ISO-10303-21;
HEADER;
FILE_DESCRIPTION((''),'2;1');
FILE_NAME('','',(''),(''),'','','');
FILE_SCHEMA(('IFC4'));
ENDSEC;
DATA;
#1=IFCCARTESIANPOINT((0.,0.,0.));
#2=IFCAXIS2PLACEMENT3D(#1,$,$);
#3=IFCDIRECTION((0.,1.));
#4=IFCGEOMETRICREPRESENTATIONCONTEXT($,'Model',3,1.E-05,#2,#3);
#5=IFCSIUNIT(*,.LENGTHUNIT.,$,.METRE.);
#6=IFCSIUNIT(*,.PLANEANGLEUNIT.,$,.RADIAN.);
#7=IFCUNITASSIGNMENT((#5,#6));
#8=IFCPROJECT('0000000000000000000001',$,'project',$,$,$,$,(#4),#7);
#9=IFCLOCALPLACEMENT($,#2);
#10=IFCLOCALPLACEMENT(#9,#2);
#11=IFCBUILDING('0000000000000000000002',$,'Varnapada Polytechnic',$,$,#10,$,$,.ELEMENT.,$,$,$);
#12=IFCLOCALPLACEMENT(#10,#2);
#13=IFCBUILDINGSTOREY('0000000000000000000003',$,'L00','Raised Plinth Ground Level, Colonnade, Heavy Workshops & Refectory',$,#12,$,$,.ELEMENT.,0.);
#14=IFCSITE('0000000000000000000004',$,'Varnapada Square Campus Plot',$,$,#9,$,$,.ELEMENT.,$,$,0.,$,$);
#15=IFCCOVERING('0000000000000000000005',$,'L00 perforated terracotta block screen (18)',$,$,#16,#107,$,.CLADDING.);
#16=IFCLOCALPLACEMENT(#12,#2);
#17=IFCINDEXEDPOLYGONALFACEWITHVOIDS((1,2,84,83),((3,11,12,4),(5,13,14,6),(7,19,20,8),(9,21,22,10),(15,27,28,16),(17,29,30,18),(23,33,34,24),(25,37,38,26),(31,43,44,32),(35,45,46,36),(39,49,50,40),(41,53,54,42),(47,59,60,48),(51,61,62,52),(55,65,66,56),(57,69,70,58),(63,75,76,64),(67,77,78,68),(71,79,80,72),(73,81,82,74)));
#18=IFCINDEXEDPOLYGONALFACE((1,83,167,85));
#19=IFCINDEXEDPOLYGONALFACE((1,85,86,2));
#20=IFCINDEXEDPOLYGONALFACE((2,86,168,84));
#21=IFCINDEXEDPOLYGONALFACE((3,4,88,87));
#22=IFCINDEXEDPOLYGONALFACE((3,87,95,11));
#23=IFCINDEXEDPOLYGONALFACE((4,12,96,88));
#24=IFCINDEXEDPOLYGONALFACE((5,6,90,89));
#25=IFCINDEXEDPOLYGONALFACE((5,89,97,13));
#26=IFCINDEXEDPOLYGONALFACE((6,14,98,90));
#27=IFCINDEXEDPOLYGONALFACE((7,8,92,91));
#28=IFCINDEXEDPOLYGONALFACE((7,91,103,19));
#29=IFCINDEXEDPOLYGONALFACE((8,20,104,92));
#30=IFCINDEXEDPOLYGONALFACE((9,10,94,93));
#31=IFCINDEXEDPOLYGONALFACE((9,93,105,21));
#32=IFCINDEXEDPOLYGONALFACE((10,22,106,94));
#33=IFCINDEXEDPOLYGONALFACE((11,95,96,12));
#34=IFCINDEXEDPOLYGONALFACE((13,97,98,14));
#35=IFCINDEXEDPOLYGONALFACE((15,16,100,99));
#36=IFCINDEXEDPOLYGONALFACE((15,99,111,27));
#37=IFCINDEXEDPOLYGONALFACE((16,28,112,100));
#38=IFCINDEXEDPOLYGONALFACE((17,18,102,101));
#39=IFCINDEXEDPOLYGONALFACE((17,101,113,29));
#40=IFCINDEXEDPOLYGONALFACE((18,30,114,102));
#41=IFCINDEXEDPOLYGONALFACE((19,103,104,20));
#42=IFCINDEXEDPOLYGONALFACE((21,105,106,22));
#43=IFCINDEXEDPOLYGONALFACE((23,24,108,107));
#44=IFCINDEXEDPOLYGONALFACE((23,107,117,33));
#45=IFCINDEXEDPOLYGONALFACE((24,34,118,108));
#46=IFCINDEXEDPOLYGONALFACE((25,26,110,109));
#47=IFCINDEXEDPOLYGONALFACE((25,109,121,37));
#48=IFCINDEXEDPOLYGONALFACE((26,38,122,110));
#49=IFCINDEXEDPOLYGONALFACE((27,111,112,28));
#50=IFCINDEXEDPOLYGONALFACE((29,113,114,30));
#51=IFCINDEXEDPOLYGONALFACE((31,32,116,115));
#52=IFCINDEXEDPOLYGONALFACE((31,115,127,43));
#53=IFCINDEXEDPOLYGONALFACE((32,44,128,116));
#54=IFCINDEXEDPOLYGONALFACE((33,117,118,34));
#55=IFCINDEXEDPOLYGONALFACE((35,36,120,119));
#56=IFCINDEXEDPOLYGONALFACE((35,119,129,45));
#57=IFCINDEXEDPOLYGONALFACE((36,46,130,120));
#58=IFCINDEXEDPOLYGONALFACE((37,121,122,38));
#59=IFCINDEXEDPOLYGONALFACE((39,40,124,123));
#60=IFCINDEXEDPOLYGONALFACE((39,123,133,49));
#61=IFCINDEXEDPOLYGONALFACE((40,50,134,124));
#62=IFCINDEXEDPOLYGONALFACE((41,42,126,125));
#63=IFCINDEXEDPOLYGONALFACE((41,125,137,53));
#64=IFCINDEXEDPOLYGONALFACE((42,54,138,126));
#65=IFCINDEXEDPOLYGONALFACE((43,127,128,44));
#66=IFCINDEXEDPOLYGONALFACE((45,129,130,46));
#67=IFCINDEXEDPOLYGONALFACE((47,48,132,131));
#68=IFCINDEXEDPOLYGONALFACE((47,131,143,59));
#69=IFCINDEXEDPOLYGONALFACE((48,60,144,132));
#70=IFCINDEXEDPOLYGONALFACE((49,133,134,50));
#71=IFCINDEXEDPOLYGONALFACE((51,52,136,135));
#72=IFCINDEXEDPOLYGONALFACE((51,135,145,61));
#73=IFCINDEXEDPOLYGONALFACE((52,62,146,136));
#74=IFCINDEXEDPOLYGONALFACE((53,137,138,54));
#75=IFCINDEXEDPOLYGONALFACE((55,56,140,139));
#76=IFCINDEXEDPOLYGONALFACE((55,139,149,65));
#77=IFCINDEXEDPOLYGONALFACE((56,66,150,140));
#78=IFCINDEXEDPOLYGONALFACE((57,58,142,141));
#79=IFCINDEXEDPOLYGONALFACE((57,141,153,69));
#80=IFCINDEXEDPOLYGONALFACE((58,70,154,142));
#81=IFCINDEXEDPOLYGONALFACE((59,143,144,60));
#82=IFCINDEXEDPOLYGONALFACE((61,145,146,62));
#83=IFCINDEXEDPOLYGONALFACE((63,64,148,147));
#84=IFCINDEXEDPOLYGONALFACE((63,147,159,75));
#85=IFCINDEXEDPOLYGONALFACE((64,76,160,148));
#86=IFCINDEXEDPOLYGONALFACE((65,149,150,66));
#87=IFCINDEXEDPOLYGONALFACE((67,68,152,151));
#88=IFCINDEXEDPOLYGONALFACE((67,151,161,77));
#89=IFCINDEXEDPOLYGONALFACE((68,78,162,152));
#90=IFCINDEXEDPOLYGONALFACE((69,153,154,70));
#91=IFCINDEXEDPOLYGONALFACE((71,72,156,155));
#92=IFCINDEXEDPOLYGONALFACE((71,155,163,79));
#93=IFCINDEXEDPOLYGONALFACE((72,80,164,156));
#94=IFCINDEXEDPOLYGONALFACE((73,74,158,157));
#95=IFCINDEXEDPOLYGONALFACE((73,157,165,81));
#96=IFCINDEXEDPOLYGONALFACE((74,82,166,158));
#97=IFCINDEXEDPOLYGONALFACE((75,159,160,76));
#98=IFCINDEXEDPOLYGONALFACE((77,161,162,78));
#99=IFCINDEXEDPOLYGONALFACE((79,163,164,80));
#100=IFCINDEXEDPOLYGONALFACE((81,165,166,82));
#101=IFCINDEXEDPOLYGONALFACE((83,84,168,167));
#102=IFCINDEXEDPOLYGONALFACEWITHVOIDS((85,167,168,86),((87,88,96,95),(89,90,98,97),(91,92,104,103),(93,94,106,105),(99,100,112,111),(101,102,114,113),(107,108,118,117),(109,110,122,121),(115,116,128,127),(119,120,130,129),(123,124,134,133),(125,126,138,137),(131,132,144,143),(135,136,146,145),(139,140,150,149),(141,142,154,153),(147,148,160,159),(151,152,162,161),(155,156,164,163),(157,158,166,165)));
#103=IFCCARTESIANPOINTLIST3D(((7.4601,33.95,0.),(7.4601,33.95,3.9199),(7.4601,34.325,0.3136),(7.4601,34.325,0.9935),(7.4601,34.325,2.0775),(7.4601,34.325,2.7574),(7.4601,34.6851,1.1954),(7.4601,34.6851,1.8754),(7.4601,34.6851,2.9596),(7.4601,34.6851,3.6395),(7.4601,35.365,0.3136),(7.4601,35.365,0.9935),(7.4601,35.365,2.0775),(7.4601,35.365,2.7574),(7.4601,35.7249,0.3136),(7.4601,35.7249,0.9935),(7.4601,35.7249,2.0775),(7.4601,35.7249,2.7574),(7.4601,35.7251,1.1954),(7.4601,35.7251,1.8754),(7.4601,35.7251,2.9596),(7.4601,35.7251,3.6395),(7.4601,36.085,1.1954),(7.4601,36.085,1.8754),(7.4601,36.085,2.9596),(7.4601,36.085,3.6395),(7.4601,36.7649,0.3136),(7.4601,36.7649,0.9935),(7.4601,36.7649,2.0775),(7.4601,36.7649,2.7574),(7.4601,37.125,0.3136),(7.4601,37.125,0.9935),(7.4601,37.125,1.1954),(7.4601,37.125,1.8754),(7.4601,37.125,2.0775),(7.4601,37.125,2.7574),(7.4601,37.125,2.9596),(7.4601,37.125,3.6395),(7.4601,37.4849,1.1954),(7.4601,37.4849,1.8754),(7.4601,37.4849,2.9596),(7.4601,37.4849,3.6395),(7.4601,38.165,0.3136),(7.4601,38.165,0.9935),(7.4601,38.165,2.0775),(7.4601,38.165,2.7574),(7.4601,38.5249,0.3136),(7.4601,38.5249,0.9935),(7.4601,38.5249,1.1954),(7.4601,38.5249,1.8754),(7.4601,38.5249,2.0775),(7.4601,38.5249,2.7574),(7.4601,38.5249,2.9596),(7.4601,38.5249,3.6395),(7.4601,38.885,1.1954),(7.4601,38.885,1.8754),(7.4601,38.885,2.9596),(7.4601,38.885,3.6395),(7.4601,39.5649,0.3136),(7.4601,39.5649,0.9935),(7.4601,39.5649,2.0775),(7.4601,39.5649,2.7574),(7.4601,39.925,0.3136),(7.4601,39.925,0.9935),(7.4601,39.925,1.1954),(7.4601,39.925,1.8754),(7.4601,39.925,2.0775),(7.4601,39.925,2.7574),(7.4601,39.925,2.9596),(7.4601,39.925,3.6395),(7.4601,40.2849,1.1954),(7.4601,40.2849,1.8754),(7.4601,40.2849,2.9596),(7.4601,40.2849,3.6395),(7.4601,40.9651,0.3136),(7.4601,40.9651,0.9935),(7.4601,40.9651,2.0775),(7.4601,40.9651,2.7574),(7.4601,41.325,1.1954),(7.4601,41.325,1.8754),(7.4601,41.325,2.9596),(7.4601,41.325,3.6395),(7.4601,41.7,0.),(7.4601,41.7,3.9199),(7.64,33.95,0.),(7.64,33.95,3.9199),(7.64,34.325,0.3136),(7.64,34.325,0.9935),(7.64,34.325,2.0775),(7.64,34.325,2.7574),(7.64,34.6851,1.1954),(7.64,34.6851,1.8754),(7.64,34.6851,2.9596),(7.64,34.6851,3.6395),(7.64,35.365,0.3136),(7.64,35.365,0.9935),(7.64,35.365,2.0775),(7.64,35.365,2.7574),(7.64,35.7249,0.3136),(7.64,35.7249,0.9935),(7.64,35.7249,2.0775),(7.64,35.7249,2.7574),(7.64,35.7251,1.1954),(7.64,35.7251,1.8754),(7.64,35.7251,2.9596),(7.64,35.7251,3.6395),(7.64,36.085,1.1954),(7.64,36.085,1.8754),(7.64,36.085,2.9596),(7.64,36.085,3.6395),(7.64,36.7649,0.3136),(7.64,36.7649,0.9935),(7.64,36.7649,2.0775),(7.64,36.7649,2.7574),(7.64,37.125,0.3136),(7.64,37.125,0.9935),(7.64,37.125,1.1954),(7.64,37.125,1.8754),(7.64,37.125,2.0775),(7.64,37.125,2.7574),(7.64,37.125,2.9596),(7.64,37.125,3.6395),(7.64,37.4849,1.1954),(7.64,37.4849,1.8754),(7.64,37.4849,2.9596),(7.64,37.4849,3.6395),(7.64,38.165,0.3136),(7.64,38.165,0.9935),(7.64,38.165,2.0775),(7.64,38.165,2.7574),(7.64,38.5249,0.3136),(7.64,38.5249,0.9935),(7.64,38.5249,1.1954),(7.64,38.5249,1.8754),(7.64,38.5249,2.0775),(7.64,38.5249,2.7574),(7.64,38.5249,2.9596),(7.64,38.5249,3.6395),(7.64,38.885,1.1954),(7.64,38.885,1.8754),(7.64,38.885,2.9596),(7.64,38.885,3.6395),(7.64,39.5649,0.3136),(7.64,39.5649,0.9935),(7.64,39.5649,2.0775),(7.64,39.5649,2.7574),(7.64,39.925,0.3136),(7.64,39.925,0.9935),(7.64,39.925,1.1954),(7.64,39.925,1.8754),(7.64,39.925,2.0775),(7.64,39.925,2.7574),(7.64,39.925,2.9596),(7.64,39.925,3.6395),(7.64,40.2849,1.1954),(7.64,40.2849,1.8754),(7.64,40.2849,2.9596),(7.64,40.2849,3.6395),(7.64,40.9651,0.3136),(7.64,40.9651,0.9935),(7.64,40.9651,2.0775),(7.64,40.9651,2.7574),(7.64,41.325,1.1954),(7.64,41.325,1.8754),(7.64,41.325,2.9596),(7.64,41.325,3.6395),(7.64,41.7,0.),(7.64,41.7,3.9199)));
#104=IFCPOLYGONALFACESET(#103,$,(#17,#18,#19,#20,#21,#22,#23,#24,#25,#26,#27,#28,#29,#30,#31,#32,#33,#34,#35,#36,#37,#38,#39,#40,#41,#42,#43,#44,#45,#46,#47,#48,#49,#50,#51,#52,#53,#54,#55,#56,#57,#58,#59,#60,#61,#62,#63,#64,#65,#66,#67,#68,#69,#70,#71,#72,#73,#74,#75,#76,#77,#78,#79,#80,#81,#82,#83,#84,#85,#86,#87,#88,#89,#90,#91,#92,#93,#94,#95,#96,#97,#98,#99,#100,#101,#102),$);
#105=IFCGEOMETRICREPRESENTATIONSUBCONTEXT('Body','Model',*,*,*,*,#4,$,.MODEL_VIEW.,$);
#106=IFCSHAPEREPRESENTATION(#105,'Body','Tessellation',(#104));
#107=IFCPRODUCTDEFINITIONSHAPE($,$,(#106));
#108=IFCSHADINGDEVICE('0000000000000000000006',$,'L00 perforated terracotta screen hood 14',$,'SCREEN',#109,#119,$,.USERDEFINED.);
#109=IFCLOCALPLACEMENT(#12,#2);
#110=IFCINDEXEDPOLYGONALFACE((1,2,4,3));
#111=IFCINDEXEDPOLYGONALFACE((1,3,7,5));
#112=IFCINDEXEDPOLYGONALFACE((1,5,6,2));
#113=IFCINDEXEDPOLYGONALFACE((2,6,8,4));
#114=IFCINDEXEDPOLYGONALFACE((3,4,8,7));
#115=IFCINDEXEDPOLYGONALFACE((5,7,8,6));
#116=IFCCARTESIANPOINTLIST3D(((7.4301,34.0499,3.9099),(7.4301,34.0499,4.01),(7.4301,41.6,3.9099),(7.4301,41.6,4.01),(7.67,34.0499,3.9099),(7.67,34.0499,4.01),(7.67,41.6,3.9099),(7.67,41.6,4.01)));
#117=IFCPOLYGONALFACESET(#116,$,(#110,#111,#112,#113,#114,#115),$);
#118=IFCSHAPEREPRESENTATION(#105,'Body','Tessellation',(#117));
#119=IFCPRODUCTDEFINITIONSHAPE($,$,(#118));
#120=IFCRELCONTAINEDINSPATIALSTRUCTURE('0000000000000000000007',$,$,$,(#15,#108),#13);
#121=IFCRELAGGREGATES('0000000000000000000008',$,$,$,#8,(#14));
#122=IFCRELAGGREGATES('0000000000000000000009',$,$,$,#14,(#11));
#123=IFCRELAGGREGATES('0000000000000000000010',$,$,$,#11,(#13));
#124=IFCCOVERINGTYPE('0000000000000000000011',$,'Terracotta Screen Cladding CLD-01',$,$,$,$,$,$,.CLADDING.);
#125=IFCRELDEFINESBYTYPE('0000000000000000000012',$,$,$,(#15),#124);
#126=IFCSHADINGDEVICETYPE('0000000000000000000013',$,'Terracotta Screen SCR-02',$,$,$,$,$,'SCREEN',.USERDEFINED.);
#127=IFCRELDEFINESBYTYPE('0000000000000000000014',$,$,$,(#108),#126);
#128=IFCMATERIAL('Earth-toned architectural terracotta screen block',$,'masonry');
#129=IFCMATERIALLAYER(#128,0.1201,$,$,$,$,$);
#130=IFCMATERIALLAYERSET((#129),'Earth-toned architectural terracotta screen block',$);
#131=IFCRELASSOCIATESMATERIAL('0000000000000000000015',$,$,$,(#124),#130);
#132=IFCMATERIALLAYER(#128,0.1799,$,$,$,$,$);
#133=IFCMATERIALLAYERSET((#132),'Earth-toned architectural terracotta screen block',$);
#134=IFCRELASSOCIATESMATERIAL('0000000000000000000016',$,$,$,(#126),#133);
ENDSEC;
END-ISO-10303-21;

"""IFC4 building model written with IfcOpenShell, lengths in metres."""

from ifc_helpers import new_model, si_unit, direction, frame, frame_2d, origin, origin_2d, place, context, subcontext, project, spatial, rectangle, extrude, material, layer, layer_set, type_object, element, save


model = new_model("IFC4")

# Units and contexts
model_context = context("Model", 3, precision=1e-05, world=origin(), true_north=direction((0.0, 1.0)))
body_context = subcontext(model_context, "Body", "Model", "MODEL_VIEW")
ifc_project = project(units=[si_unit("LENGTHUNIT", "METRE"), si_unit("PLANEANGLEUNIT", "RADIAN")], contexts=[model_context])

# Site, building, storey
site_placement = place(None, origin())
site = spatial("IfcSite", under=ifc_project, at=site_placement, Name="Varnapada Square Campus Plot", CompositionType="ELEMENT", RefElevation=0.0)
building_placement = place(site_placement, origin())
building = spatial("IfcBuilding", under=site, at=building_placement, Name="Varnapada Polytechnic", CompositionType="ELEMENT")
storey_placement = place(building_placement, origin())
storey = spatial("IfcBuildingStorey", under=building, at=storey_placement, Name="L00", Description="Raised Plinth Ground Level, Colonnade, Heavy Workshops & Refectory", CompositionType="ELEMENT", Elevation=0.0)

# Covering, openings
ifc_material_1 = material(Name="Earth-toned architectural terracotta screen block", Category="masonry")
ifc_layer_1 = layer(ifc_material_1, 0.1201)
ifc_layer_set_1 = layer_set([ifc_layer_1], Name="Earth-toned architectural terracotta screen block")
covering_type = type_object("IfcCoveringType", Name="Terracotta Screen Cladding CLD-01", PredefinedType="CLADDING", material=ifc_layer_set_1)
covering_placement = place(storey_placement, frame((7.55, 33.95, 0.0), z_axis=(0.0, 0.0, 1.0), x_axis=(0.0, 1.0, 0.0)))
covering = element("IfcCovering", 1, at=covering_placement, inside=storey, type_object=covering_type, Name="L00 perforated terracotta block screen (18)", PredefinedType="CLADDING", context=body_context, shape_type="SweptSolid", body=[
    extrude(rectangle(XDim=7.75, YDim=0.1799, at=frame_2d((3.875, 0.0))), origin(), (0.0, 0.0, 1.0), 3.9199),
])
opening_1_placement = place(covering_placement, frame((0.375, 0.0, 0.3137)))
element("IfcOpeningElement", 2, at=opening_1_placement, cuts=covering, PredefinedType="OPENING", context=body_context, shape_type="SweptSolid", body=[
    extrude(rectangle(XDim=1.04, YDim=0.6799, at=frame_2d((0.52, 0.3398))), frame((0.0, 0.0999, 0.0), z_axis=(0.0, -1.0, 0.0), x_axis=(1.0, 0.0, 0.0)), (0.0, 0.0, 1.0), 0.2),
])
opening_2_placement = place(covering_placement, frame((1.7749, 0.0, 0.3137)))
element("IfcOpeningElement", 3, at=opening_2_placement, cuts=covering, PredefinedType="OPENING", context=body_context, shape_type="SweptSolid", body=[
    extrude(rectangle(XDim=1.04, YDim=0.6799, at=frame_2d((0.52, 0.3398))), frame((0.0, 0.0999, 0.0), z_axis=(0.0, -1.0, 0.0), x_axis=(1.0, 0.0, 0.0)), (0.0, 0.0, 1.0), 0.2),
])
opening_3_placement = place(covering_placement, frame((3.175, 0.0, 0.3137)))
element("IfcOpeningElement", 4, at=opening_3_placement, cuts=covering, PredefinedType="OPENING", context=body_context, shape_type="SweptSolid", body=[
    extrude(rectangle(XDim=1.04, YDim=0.6799, at=frame_2d((0.52, 0.3398))), frame((0.0, 0.0999, 0.0), z_axis=(0.0, -1.0, 0.0), x_axis=(1.0, 0.0, 0.0)), (0.0, 0.0, 1.0), 0.2),
])
opening_4_placement = place(covering_placement, frame((4.575, 0.0, 0.3137)))
element("IfcOpeningElement", 5, at=opening_4_placement, cuts=covering, PredefinedType="OPENING", context=body_context, shape_type="SweptSolid", body=[
    extrude(rectangle(XDim=1.04, YDim=0.6799, at=frame_2d((0.52, 0.3398))), frame((0.0, 0.0999, 0.0), z_axis=(0.0, -1.0, 0.0), x_axis=(1.0, 0.0, 0.0)), (0.0, 0.0, 1.0), 0.2),
])
opening_5_placement = place(covering_placement, frame((5.9751, 0.0, 0.3137)))
element("IfcOpeningElement", 6, at=opening_5_placement, cuts=covering, PredefinedType="OPENING", context=body_context, shape_type="SweptSolid", body=[
    extrude(rectangle(XDim=1.04, YDim=0.6799, at=frame_2d((0.52, 0.3398))), frame((0.0, 0.0999, 0.0), z_axis=(0.0, -1.0, 0.0), x_axis=(1.0, 0.0, 0.0)), (0.0, 0.0, 1.0), 0.2),
])
opening_6_placement = place(covering_placement, frame((0.7351, 0.0, 1.1956)))
element("IfcOpeningElement", 7, at=opening_6_placement, cuts=covering, PredefinedType="OPENING", context=body_context, shape_type="SweptSolid", body=[
    extrude(rectangle(XDim=1.04, YDim=0.6799, at=frame_2d((0.52, 0.3398))), frame((0.0, 0.0999, 0.0), z_axis=(0.0, -1.0, 0.0), x_axis=(1.0, 0.0, 0.0)), (0.0, 0.0, 1.0), 0.2),
])
opening_7_placement = place(covering_placement, frame((2.135, 0.0, 1.1956)))
element("IfcOpeningElement", 8, at=opening_7_placement, cuts=covering, PredefinedType="OPENING", context=body_context, shape_type="SweptSolid", body=[
    extrude(rectangle(XDim=1.04, YDim=0.6799, at=frame_2d((0.52, 0.3398))), frame((0.0, 0.0999, 0.0), z_axis=(0.0, -1.0, 0.0), x_axis=(1.0, 0.0, 0.0)), (0.0, 0.0, 1.0), 0.2),
])
opening_8_placement = place(covering_placement, frame((3.5349, 0.0, 1.1956)))
element("IfcOpeningElement", 9, at=opening_8_placement, cuts=covering, PredefinedType="OPENING", context=body_context, shape_type="SweptSolid", body=[
    extrude(rectangle(XDim=1.04, YDim=0.6799, at=frame_2d((0.52, 0.3398))), frame((0.0, 0.0999, 0.0), z_axis=(0.0, -1.0, 0.0), x_axis=(1.0, 0.0, 0.0)), (0.0, 0.0, 1.0), 0.2),
])
opening_9_placement = place(covering_placement, frame((4.9351, 0.0, 1.1956)))
element("IfcOpeningElement", 10, at=opening_9_placement, cuts=covering, PredefinedType="OPENING", context=body_context, shape_type="SweptSolid", body=[
    extrude(rectangle(XDim=1.04, YDim=0.6799, at=frame_2d((0.52, 0.3398))), frame((0.0, 0.0999, 0.0), z_axis=(0.0, -1.0, 0.0), x_axis=(1.0, 0.0, 0.0)), (0.0, 0.0, 1.0), 0.2),
])
opening_10_placement = place(covering_placement, frame((6.335, 0.0, 1.1956)))
element("IfcOpeningElement", 11, at=opening_10_placement, cuts=covering, PredefinedType="OPENING", context=body_context, shape_type="SweptSolid", body=[
    extrude(rectangle(XDim=1.04, YDim=0.6799, at=frame_2d((0.52, 0.3398))), frame((0.0, 0.0999, 0.0), z_axis=(0.0, -1.0, 0.0), x_axis=(1.0, 0.0, 0.0)), (0.0, 0.0, 1.0), 0.2),
])
opening_11_placement = place(covering_placement, frame((0.375, 0.0, 2.0776)))
element("IfcOpeningElement", 12, at=opening_11_placement, cuts=covering, PredefinedType="OPENING", context=body_context, shape_type="SweptSolid", body=[
    extrude(rectangle(XDim=1.04, YDim=0.6799, at=frame_2d((0.52, 0.3398))), frame((0.0, 0.0999, 0.0), z_axis=(0.0, -1.0, 0.0), x_axis=(1.0, 0.0, 0.0)), (0.0, 0.0, 1.0), 0.2),
])
opening_12_placement = place(covering_placement, frame((1.7749, 0.0, 2.0776)))
element("IfcOpeningElement", 13, at=opening_12_placement, cuts=covering, PredefinedType="OPENING", context=body_context, shape_type="SweptSolid", body=[
    extrude(rectangle(XDim=1.04, YDim=0.6799, at=frame_2d((0.52, 0.3398))), frame((0.0, 0.0999, 0.0), z_axis=(0.0, -1.0, 0.0), x_axis=(1.0, 0.0, 0.0)), (0.0, 0.0, 1.0), 0.2),
])
opening_13_placement = place(covering_placement, frame((3.175, 0.0, 2.0776)))
element("IfcOpeningElement", 14, at=opening_13_placement, cuts=covering, PredefinedType="OPENING", context=body_context, shape_type="SweptSolid", body=[
    extrude(rectangle(XDim=1.04, YDim=0.6799, at=frame_2d((0.52, 0.3398))), frame((0.0, 0.0999, 0.0), z_axis=(0.0, -1.0, 0.0), x_axis=(1.0, 0.0, 0.0)), (0.0, 0.0, 1.0), 0.2),
])
opening_14_placement = place(covering_placement, frame((4.575, 0.0, 2.0776)))
element("IfcOpeningElement", 15, at=opening_14_placement, cuts=covering, PredefinedType="OPENING", context=body_context, shape_type="SweptSolid", body=[
    extrude(rectangle(XDim=1.04, YDim=0.6799, at=frame_2d((0.52, 0.3398))), frame((0.0, 0.0999, 0.0), z_axis=(0.0, -1.0, 0.0), x_axis=(1.0, 0.0, 0.0)), (0.0, 0.0, 1.0), 0.2),
])
opening_15_placement = place(covering_placement, frame((5.9751, 0.0, 2.0776)))
element("IfcOpeningElement", 16, at=opening_15_placement, cuts=covering, PredefinedType="OPENING", context=body_context, shape_type="SweptSolid", body=[
    extrude(rectangle(XDim=1.04, YDim=0.6799, at=frame_2d((0.52, 0.3398))), frame((0.0, 0.0999, 0.0), z_axis=(0.0, -1.0, 0.0), x_axis=(1.0, 0.0, 0.0)), (0.0, 0.0, 1.0), 0.2),
])
opening_16_placement = place(covering_placement, frame((0.7351, 0.0, 2.9597)))
element("IfcOpeningElement", 17, at=opening_16_placement, cuts=covering, PredefinedType="OPENING", context=body_context, shape_type="SweptSolid", body=[
    extrude(rectangle(XDim=1.04, YDim=0.6799, at=frame_2d((0.52, 0.3398))), frame((0.0, 0.0999, 0.0), z_axis=(0.0, -1.0, 0.0), x_axis=(1.0, 0.0, 0.0)), (0.0, 0.0, 1.0), 0.2),
])
opening_17_placement = place(covering_placement, frame((2.135, 0.0, 2.9597)))
element("IfcOpeningElement", 18, at=opening_17_placement, cuts=covering, PredefinedType="OPENING", context=body_context, shape_type="SweptSolid", body=[
    extrude(rectangle(XDim=1.04, YDim=0.6799, at=frame_2d((0.52, 0.3398))), frame((0.0, 0.0999, 0.0), z_axis=(0.0, -1.0, 0.0), x_axis=(1.0, 0.0, 0.0)), (0.0, 0.0, 1.0), 0.2),
])
opening_18_placement = place(covering_placement, frame((3.5349, 0.0, 2.9597)))
element("IfcOpeningElement", 19, at=opening_18_placement, cuts=covering, PredefinedType="OPENING", context=body_context, shape_type="SweptSolid", body=[
    extrude(rectangle(XDim=1.04, YDim=0.6799, at=frame_2d((0.52, 0.3398))), frame((0.0, 0.0999, 0.0), z_axis=(0.0, -1.0, 0.0), x_axis=(1.0, 0.0, 0.0)), (0.0, 0.0, 1.0), 0.2),
])
opening_19_placement = place(covering_placement, frame((4.9351, 0.0, 2.9597)))
element("IfcOpeningElement", 20, at=opening_19_placement, cuts=covering, PredefinedType="OPENING", context=body_context, shape_type="SweptSolid", body=[
    extrude(rectangle(XDim=1.04, YDim=0.6799, at=frame_2d((0.52, 0.3398))), frame((0.0, 0.0999, 0.0), z_axis=(0.0, -1.0, 0.0), x_axis=(1.0, 0.0, 0.0)), (0.0, 0.0, 1.0), 0.2),
])
opening_20_placement = place(covering_placement, frame((6.335, 0.0, 2.9597)))
element("IfcOpeningElement", 21, at=opening_20_placement, cuts=covering, PredefinedType="OPENING", context=body_context, shape_type="SweptSolid", body=[
    extrude(rectangle(XDim=1.04, YDim=0.6799, at=frame_2d((0.52, 0.3398))), frame((0.0, 0.0999, 0.0), z_axis=(0.0, -1.0, 0.0), x_axis=(1.0, 0.0, 0.0)), (0.0, 0.0, 1.0), 0.2),
])

# Shading device
ifc_layer_2 = layer(ifc_material_1, 0.1799)
ifc_layer_set_2 = layer_set([ifc_layer_2], Name="Earth-toned architectural terracotta screen block")
shading_device_type = type_object("IfcShadingDeviceType", Name="Terracotta Screen SCR-02", ElementType="SCREEN", PredefinedType="USERDEFINED", material=ifc_layer_set_2)
shading_device_placement = place(storey_placement, frame((7.55, 37.825, 3.9099), z_axis=(0.0, 0.0, 1.0), x_axis=(0.0, 1.0, 0.0)))
element("IfcShadingDevice", 22, at=shading_device_placement, inside=storey, type_object=shading_device_type, Name="L00 perforated terracotta screen hood 14", ObjectType="SCREEN", PredefinedType="USERDEFINED", context=body_context, shape_type="SweptSolid", body=[
    extrude(rectangle(XDim=7.55, YDim=0.24, at=origin_2d()), origin(), (0.0, 0.0, 1.0), 0.1001),
])

save(model, "model.ifc")
